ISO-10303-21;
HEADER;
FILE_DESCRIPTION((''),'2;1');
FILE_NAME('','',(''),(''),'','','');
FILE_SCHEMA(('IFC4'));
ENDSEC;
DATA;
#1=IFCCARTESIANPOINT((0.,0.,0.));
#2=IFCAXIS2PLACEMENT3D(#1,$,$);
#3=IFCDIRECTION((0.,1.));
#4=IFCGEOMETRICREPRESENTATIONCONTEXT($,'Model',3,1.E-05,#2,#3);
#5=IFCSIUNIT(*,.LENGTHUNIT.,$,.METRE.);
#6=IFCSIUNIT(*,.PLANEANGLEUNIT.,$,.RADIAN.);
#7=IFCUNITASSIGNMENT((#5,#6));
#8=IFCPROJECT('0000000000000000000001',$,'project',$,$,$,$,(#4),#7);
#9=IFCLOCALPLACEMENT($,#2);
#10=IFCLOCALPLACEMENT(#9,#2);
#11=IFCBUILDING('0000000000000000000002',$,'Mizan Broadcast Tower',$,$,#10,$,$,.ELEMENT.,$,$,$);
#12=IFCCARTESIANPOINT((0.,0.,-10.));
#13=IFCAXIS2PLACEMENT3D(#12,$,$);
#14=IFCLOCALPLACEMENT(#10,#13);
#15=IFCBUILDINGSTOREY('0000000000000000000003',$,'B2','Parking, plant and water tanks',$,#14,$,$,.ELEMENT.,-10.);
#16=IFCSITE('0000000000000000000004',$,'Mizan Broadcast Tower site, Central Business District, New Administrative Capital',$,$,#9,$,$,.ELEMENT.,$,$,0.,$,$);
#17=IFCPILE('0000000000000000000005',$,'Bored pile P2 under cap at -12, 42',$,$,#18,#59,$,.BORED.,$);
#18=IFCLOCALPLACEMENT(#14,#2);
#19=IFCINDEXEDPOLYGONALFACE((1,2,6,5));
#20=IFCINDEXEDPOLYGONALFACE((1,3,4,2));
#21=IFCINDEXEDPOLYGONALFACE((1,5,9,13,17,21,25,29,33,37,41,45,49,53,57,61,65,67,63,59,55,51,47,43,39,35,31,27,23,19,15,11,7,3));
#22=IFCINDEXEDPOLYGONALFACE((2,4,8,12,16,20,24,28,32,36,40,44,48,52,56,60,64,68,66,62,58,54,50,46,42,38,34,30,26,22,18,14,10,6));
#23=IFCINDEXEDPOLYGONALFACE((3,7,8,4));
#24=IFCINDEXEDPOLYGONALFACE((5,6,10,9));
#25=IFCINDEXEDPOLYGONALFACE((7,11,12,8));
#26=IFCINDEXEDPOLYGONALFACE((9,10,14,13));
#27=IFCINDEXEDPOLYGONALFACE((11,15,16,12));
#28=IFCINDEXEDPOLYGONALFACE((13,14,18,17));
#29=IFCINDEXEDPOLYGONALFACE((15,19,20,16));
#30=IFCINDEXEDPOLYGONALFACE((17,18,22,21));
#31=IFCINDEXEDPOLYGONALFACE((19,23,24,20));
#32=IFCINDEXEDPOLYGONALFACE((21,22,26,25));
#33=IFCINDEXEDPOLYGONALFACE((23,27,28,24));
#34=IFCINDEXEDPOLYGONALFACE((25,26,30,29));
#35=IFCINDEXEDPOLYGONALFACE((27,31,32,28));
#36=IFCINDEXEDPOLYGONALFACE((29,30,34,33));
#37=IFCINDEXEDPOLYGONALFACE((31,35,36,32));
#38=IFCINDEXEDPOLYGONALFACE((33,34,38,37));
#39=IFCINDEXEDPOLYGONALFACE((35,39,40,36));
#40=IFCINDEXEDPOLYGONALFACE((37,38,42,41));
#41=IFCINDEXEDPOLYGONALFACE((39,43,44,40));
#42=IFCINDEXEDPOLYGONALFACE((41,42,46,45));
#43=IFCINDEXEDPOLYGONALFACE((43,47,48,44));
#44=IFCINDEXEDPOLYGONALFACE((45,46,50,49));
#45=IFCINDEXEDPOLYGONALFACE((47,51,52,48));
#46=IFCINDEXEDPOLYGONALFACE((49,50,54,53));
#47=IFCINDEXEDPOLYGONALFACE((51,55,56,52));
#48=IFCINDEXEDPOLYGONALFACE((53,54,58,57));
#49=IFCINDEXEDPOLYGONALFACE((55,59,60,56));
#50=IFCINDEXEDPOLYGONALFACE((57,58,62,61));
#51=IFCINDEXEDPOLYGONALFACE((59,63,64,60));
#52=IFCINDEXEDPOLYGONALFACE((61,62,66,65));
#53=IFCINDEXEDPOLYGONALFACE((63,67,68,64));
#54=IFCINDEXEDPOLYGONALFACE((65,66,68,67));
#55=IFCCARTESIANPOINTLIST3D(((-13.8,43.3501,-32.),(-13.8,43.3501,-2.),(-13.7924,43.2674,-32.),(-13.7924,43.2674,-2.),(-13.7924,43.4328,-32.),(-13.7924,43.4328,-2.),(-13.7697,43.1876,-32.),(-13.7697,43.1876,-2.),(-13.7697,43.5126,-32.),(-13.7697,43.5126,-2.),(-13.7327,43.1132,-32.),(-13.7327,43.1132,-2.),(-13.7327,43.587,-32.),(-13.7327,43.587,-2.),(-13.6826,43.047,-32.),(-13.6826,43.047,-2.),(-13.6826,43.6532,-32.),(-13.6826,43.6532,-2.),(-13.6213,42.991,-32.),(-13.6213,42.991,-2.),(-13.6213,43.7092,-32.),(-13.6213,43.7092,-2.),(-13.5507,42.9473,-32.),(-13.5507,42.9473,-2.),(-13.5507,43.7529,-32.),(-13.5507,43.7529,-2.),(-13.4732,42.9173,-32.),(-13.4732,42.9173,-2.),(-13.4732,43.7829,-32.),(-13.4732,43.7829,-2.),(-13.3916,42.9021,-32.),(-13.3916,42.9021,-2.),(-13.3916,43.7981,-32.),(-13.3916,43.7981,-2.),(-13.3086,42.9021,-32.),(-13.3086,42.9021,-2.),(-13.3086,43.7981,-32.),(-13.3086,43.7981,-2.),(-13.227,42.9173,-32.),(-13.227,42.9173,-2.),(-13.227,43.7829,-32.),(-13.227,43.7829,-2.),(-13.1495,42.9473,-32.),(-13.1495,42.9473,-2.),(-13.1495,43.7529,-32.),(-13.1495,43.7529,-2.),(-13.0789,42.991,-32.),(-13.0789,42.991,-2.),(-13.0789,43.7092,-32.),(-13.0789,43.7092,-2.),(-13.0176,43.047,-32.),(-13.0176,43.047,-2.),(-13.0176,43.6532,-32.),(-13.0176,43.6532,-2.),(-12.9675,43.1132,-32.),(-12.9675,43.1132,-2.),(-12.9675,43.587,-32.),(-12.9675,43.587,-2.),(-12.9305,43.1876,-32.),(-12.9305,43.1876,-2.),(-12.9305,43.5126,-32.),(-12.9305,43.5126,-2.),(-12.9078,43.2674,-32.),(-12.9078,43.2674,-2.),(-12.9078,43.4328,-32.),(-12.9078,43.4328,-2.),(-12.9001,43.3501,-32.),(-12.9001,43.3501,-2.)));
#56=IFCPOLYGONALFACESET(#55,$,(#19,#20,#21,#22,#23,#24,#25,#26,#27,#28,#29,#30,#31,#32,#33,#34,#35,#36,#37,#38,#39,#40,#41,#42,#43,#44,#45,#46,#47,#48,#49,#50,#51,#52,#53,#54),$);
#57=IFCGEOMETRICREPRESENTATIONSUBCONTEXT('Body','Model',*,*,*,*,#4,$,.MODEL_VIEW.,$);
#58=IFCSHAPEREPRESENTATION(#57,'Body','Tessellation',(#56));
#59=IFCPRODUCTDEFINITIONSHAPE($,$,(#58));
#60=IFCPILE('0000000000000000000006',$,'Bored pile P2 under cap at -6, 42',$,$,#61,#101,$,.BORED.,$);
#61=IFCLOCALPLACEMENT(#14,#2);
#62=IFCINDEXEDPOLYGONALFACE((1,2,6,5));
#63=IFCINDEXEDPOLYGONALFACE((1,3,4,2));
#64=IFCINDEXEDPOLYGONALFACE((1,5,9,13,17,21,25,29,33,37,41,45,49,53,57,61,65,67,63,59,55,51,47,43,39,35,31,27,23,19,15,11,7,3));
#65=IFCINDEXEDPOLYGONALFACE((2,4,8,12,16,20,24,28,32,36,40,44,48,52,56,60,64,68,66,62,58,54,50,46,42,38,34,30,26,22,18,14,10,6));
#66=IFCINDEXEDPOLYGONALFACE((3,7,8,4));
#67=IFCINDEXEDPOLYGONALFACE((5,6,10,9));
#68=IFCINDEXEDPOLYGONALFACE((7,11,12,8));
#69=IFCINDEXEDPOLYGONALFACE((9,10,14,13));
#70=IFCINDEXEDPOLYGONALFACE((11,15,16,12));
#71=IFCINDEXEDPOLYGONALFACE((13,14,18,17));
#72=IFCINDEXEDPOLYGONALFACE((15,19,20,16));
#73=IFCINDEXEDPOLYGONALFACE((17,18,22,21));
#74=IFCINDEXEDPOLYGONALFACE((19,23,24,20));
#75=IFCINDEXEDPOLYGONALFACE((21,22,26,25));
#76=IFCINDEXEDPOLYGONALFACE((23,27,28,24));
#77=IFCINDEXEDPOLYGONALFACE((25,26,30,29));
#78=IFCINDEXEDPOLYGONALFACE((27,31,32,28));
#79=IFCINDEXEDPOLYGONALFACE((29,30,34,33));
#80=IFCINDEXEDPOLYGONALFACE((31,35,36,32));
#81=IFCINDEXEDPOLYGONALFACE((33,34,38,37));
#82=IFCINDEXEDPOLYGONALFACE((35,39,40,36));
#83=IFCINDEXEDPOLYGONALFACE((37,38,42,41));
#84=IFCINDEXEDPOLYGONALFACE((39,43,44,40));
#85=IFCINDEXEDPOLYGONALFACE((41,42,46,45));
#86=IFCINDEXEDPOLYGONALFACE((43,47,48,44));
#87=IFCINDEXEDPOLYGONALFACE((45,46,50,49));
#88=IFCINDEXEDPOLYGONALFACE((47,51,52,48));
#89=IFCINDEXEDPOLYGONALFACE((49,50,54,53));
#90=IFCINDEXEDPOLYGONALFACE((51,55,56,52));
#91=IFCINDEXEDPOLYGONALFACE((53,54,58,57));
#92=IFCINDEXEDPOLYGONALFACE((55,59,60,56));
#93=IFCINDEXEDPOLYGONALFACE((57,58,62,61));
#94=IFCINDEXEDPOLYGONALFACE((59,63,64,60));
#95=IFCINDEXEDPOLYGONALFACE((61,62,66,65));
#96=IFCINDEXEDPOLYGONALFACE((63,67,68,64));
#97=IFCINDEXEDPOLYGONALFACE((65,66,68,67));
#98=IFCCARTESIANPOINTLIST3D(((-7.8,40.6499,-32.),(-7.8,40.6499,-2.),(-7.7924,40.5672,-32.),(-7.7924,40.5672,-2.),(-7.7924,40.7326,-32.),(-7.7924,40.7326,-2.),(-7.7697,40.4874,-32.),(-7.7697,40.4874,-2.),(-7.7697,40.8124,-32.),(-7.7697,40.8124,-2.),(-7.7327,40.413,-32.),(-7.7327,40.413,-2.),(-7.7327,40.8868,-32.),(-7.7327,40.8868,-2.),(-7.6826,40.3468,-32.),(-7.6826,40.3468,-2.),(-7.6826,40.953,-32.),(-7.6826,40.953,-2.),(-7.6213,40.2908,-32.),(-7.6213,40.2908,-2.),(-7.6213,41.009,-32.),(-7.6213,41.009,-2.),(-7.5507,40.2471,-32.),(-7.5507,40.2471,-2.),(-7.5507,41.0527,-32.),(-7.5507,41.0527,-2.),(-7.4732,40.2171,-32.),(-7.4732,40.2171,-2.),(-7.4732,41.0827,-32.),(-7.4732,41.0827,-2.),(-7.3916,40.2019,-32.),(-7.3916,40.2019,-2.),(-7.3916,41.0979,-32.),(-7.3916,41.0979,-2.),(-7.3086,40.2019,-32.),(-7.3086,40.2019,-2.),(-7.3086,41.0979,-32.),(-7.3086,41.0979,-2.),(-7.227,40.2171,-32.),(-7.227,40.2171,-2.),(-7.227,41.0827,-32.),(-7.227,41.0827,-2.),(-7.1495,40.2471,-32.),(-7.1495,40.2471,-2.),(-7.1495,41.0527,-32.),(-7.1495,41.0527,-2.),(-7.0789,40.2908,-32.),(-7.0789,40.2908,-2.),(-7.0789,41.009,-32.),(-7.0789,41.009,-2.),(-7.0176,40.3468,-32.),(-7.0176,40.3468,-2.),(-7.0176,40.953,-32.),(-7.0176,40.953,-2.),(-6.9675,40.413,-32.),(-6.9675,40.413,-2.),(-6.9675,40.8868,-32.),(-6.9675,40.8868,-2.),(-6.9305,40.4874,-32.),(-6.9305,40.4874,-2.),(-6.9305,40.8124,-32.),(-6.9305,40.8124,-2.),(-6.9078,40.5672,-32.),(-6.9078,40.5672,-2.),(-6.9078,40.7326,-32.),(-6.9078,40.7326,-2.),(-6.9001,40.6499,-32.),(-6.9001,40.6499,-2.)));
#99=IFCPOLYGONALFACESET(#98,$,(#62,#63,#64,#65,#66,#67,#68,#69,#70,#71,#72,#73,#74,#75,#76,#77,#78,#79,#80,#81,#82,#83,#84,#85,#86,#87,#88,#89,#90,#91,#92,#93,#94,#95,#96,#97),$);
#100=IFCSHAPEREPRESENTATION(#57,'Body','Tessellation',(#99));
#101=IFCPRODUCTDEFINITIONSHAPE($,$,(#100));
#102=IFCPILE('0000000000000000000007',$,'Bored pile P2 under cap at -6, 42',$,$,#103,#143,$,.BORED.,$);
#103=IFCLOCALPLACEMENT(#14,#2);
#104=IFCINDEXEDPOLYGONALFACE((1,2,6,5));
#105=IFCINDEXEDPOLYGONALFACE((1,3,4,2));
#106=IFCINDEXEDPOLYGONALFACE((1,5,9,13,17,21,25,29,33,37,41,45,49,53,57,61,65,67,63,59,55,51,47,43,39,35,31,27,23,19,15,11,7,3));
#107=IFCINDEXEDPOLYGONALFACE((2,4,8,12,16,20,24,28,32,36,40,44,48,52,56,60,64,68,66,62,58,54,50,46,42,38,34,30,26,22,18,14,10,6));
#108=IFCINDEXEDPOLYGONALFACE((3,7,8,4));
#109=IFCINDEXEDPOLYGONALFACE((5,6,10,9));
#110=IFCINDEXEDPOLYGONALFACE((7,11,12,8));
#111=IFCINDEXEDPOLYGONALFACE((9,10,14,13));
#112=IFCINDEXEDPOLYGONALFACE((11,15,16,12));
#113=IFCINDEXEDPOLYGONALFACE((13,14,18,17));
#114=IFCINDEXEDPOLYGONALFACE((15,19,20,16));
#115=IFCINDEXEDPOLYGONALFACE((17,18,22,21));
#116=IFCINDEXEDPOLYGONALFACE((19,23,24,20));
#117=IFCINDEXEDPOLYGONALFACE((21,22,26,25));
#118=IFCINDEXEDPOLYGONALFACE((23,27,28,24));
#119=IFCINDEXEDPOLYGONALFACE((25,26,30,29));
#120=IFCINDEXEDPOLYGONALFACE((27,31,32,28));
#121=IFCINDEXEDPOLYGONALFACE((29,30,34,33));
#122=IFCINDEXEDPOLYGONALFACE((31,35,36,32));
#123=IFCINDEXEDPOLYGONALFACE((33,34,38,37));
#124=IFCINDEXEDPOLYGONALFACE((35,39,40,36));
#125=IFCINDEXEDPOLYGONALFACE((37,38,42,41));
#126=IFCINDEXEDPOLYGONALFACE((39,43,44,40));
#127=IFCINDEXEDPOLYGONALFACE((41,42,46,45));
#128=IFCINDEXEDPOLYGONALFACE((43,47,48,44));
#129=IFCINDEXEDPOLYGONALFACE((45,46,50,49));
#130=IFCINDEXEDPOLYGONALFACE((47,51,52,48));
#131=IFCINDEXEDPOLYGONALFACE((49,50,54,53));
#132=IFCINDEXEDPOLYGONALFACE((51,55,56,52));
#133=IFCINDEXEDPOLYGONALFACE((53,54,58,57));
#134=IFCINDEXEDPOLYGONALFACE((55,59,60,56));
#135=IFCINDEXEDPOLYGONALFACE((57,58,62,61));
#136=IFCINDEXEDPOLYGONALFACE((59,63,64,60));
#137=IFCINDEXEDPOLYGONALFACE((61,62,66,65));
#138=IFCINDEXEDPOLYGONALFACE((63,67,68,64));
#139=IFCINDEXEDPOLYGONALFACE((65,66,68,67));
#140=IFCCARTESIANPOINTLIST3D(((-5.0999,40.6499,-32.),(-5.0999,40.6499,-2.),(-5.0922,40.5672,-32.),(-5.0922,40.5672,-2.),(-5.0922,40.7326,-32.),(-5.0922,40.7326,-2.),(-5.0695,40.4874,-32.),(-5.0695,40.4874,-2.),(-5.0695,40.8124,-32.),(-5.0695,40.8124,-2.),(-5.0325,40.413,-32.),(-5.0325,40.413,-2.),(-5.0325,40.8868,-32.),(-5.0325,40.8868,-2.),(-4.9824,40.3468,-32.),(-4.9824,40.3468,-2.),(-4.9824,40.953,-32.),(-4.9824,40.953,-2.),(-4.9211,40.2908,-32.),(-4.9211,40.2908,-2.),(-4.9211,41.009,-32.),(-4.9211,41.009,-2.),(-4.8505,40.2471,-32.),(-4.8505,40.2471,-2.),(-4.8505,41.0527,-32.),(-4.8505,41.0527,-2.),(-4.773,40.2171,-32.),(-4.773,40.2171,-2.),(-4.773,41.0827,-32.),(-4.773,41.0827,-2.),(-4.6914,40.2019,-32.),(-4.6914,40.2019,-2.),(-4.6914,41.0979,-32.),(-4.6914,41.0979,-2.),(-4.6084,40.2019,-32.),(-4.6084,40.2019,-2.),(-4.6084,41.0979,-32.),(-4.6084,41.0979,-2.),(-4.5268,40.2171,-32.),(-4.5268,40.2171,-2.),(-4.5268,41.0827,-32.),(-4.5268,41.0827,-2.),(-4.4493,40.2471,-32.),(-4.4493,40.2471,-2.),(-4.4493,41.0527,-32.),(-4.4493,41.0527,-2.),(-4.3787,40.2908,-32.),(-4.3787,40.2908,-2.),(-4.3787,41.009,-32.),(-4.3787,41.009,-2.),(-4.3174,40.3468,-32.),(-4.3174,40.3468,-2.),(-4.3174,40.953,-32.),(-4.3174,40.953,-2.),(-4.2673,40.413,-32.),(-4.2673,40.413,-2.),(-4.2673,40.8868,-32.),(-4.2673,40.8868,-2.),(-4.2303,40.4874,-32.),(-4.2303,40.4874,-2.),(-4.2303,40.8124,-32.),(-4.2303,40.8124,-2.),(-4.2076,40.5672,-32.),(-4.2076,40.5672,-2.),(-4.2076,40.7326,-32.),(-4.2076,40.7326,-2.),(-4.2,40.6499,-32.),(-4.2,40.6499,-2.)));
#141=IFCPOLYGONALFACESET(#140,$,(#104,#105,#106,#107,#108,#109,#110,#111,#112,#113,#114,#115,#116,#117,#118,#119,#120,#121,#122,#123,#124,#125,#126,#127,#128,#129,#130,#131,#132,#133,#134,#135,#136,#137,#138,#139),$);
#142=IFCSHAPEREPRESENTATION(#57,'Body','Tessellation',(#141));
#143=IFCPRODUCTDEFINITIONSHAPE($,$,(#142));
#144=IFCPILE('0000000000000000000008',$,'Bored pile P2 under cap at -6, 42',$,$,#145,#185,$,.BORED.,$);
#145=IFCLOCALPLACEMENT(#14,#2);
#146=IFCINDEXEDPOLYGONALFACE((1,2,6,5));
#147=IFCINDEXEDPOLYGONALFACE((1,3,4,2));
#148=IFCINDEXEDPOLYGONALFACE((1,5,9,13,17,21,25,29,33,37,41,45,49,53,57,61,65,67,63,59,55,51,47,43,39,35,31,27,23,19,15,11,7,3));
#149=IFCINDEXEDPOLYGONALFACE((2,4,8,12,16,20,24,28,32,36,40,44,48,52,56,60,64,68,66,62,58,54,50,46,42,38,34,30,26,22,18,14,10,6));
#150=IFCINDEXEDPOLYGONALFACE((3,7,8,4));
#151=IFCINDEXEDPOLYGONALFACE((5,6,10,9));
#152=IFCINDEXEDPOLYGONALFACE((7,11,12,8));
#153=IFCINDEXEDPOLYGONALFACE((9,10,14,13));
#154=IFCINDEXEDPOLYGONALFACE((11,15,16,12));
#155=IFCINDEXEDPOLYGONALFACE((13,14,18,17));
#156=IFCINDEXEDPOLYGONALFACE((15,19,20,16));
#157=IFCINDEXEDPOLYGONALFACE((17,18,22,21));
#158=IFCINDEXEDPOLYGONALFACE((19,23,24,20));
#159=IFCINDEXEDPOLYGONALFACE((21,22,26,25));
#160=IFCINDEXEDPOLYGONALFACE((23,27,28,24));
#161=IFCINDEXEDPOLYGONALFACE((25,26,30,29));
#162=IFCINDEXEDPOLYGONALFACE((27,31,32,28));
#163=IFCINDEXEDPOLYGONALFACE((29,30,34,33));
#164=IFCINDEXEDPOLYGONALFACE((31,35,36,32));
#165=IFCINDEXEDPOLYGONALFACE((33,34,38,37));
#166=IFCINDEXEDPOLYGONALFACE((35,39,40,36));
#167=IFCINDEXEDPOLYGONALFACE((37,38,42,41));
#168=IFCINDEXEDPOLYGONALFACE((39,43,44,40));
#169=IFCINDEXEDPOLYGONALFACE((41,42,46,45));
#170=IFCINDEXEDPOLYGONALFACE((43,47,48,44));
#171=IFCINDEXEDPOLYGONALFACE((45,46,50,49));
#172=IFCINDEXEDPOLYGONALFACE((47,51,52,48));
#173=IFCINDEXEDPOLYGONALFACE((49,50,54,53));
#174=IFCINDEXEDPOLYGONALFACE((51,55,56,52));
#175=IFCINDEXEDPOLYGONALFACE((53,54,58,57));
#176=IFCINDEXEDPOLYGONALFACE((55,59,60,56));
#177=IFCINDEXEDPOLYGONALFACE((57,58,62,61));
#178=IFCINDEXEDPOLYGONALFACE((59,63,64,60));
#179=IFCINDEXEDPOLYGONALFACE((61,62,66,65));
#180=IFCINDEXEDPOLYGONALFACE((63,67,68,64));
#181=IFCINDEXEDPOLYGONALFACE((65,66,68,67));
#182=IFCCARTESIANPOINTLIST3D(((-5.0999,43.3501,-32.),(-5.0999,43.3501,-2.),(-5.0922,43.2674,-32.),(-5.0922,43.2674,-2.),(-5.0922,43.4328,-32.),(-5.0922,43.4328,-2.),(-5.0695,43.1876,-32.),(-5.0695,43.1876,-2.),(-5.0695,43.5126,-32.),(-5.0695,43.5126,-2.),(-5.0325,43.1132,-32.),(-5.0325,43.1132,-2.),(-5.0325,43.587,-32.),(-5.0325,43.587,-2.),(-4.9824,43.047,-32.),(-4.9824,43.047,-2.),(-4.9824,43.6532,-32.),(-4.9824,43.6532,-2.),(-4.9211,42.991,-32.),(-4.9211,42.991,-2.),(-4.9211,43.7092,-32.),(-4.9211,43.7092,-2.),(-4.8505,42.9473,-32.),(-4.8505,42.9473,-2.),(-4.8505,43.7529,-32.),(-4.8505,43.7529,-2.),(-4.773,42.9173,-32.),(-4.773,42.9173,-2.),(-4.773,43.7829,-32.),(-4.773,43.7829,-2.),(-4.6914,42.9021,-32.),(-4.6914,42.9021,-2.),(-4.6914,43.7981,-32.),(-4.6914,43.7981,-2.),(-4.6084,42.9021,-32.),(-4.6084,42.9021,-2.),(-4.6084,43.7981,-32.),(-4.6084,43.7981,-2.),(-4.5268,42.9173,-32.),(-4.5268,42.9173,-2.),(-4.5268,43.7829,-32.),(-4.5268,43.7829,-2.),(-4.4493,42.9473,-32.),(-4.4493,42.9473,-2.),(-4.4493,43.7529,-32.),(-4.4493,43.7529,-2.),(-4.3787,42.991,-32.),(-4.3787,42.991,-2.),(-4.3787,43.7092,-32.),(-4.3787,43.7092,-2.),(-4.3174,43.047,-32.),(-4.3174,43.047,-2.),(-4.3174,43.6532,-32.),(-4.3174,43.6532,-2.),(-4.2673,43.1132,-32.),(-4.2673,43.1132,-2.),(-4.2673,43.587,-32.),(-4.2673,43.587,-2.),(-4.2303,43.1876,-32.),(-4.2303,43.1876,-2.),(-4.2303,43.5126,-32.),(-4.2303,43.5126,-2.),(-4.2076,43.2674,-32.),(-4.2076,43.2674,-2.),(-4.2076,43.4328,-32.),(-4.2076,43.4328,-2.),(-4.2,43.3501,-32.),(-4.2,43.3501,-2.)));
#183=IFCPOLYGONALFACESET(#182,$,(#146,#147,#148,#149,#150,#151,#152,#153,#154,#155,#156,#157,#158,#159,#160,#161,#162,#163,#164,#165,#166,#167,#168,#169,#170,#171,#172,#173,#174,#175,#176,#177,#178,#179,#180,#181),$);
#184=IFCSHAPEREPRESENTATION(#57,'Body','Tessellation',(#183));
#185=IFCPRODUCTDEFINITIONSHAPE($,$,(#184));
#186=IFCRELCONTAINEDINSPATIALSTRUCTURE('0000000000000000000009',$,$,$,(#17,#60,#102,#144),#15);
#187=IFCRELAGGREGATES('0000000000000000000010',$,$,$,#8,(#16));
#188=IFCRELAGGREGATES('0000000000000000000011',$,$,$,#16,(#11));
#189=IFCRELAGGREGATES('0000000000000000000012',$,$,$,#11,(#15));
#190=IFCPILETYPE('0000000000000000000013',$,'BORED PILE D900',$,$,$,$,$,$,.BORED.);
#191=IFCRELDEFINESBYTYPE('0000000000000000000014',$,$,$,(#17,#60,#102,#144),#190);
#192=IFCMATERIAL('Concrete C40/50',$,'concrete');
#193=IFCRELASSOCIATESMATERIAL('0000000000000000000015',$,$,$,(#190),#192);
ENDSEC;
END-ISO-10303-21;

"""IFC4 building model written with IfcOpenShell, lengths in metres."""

from ifc_helpers import new_model, si_unit, direction, frame, origin, origin_2d, place, context, subcontext, project, spatial, circle, extrude, material, material_profile, profile_set, type_object, element, save


model = new_model("IFC4")

# Units and contexts
model_context = context("Model", 3, precision=1e-05, world=origin(), true_north=direction((0.0, 1.0)))
body_context = subcontext(model_context, "Body", "Model", "MODEL_VIEW")
ifc_project = project(units=[si_unit("LENGTHUNIT", "METRE"), si_unit("PLANEANGLEUNIT", "RADIAN")], contexts=[model_context])

# Site, building, storey
site_placement = place(None, origin())
site = spatial("IfcSite", under=ifc_project, at=site_placement, Name="Mizan Broadcast Tower site, Central Business District, New Administrative Capital", CompositionType="ELEMENT", RefElevation=0.0)
building_placement = place(site_placement, origin())
building = spatial("IfcBuilding", under=site, at=building_placement, Name="Mizan Broadcast Tower", CompositionType="ELEMENT")
storey_placement = place(building_placement, frame((0.0, 0.0, -10.0)))
storey = spatial("IfcBuildingStorey", under=building, at=storey_placement, Name="B2", Description="Parking, plant and water tanks", CompositionType="ELEMENT", Elevation=-10.0)

# Piles
ifc_material_1 = material(Name="Concrete C40/50", Category="concrete")
ifc_material_profile_1 = material_profile(ifc_material_1, circle(Radius=0.45, at=origin_2d()), Name="D900")
ifc_profile_set_1 = profile_set([ifc_material_profile_1], Name="Concrete C40/50")
pile_type_1 = type_object("IfcPileType", Name="BORED PILE D900", PredefinedType="BORED", material=ifc_profile_set_1)
for number, where, z_axis, x_axis, name in (
    (1, (-13.3501, 43.3501, -2.0), (0.0, 0.0, -1.0), (1.0, 0.0, 0.0), "Bored pile P2 under cap at -12, 42"),
    (2, (-7.3501, 40.6499, -2.0), (0.0, 0.0, -1.0), (1.0, 0.0, 0.0), "Bored pile P2 under cap at -6, 42"),
    (3, (-4.6499, 40.6499, -2.0), (0.0, 0.0, -1.0), (1.0, 0.0, 0.0), "Bored pile P2 under cap at -6, 42"),
    (4, (-4.6499, 43.3501, -2.0), (0.0, 0.0, -1.0), (1.0, 0.0, 0.0), "Bored pile P2 under cap at -6, 42"),
):
    element("IfcPile", number, at=place(storey_placement, frame(where, z_axis=z_axis, x_axis=x_axis)), inside=storey, type_object=pile_type_1, Name=name, PredefinedType="BORED", context=body_context, shape_type="SweptSolid", body=[
        extrude(circle(Radius=0.45, at=origin_2d()), origin(), (0.0, 0.0, 1.0), 30.0),
    ])

save(model, "model.ifc")
